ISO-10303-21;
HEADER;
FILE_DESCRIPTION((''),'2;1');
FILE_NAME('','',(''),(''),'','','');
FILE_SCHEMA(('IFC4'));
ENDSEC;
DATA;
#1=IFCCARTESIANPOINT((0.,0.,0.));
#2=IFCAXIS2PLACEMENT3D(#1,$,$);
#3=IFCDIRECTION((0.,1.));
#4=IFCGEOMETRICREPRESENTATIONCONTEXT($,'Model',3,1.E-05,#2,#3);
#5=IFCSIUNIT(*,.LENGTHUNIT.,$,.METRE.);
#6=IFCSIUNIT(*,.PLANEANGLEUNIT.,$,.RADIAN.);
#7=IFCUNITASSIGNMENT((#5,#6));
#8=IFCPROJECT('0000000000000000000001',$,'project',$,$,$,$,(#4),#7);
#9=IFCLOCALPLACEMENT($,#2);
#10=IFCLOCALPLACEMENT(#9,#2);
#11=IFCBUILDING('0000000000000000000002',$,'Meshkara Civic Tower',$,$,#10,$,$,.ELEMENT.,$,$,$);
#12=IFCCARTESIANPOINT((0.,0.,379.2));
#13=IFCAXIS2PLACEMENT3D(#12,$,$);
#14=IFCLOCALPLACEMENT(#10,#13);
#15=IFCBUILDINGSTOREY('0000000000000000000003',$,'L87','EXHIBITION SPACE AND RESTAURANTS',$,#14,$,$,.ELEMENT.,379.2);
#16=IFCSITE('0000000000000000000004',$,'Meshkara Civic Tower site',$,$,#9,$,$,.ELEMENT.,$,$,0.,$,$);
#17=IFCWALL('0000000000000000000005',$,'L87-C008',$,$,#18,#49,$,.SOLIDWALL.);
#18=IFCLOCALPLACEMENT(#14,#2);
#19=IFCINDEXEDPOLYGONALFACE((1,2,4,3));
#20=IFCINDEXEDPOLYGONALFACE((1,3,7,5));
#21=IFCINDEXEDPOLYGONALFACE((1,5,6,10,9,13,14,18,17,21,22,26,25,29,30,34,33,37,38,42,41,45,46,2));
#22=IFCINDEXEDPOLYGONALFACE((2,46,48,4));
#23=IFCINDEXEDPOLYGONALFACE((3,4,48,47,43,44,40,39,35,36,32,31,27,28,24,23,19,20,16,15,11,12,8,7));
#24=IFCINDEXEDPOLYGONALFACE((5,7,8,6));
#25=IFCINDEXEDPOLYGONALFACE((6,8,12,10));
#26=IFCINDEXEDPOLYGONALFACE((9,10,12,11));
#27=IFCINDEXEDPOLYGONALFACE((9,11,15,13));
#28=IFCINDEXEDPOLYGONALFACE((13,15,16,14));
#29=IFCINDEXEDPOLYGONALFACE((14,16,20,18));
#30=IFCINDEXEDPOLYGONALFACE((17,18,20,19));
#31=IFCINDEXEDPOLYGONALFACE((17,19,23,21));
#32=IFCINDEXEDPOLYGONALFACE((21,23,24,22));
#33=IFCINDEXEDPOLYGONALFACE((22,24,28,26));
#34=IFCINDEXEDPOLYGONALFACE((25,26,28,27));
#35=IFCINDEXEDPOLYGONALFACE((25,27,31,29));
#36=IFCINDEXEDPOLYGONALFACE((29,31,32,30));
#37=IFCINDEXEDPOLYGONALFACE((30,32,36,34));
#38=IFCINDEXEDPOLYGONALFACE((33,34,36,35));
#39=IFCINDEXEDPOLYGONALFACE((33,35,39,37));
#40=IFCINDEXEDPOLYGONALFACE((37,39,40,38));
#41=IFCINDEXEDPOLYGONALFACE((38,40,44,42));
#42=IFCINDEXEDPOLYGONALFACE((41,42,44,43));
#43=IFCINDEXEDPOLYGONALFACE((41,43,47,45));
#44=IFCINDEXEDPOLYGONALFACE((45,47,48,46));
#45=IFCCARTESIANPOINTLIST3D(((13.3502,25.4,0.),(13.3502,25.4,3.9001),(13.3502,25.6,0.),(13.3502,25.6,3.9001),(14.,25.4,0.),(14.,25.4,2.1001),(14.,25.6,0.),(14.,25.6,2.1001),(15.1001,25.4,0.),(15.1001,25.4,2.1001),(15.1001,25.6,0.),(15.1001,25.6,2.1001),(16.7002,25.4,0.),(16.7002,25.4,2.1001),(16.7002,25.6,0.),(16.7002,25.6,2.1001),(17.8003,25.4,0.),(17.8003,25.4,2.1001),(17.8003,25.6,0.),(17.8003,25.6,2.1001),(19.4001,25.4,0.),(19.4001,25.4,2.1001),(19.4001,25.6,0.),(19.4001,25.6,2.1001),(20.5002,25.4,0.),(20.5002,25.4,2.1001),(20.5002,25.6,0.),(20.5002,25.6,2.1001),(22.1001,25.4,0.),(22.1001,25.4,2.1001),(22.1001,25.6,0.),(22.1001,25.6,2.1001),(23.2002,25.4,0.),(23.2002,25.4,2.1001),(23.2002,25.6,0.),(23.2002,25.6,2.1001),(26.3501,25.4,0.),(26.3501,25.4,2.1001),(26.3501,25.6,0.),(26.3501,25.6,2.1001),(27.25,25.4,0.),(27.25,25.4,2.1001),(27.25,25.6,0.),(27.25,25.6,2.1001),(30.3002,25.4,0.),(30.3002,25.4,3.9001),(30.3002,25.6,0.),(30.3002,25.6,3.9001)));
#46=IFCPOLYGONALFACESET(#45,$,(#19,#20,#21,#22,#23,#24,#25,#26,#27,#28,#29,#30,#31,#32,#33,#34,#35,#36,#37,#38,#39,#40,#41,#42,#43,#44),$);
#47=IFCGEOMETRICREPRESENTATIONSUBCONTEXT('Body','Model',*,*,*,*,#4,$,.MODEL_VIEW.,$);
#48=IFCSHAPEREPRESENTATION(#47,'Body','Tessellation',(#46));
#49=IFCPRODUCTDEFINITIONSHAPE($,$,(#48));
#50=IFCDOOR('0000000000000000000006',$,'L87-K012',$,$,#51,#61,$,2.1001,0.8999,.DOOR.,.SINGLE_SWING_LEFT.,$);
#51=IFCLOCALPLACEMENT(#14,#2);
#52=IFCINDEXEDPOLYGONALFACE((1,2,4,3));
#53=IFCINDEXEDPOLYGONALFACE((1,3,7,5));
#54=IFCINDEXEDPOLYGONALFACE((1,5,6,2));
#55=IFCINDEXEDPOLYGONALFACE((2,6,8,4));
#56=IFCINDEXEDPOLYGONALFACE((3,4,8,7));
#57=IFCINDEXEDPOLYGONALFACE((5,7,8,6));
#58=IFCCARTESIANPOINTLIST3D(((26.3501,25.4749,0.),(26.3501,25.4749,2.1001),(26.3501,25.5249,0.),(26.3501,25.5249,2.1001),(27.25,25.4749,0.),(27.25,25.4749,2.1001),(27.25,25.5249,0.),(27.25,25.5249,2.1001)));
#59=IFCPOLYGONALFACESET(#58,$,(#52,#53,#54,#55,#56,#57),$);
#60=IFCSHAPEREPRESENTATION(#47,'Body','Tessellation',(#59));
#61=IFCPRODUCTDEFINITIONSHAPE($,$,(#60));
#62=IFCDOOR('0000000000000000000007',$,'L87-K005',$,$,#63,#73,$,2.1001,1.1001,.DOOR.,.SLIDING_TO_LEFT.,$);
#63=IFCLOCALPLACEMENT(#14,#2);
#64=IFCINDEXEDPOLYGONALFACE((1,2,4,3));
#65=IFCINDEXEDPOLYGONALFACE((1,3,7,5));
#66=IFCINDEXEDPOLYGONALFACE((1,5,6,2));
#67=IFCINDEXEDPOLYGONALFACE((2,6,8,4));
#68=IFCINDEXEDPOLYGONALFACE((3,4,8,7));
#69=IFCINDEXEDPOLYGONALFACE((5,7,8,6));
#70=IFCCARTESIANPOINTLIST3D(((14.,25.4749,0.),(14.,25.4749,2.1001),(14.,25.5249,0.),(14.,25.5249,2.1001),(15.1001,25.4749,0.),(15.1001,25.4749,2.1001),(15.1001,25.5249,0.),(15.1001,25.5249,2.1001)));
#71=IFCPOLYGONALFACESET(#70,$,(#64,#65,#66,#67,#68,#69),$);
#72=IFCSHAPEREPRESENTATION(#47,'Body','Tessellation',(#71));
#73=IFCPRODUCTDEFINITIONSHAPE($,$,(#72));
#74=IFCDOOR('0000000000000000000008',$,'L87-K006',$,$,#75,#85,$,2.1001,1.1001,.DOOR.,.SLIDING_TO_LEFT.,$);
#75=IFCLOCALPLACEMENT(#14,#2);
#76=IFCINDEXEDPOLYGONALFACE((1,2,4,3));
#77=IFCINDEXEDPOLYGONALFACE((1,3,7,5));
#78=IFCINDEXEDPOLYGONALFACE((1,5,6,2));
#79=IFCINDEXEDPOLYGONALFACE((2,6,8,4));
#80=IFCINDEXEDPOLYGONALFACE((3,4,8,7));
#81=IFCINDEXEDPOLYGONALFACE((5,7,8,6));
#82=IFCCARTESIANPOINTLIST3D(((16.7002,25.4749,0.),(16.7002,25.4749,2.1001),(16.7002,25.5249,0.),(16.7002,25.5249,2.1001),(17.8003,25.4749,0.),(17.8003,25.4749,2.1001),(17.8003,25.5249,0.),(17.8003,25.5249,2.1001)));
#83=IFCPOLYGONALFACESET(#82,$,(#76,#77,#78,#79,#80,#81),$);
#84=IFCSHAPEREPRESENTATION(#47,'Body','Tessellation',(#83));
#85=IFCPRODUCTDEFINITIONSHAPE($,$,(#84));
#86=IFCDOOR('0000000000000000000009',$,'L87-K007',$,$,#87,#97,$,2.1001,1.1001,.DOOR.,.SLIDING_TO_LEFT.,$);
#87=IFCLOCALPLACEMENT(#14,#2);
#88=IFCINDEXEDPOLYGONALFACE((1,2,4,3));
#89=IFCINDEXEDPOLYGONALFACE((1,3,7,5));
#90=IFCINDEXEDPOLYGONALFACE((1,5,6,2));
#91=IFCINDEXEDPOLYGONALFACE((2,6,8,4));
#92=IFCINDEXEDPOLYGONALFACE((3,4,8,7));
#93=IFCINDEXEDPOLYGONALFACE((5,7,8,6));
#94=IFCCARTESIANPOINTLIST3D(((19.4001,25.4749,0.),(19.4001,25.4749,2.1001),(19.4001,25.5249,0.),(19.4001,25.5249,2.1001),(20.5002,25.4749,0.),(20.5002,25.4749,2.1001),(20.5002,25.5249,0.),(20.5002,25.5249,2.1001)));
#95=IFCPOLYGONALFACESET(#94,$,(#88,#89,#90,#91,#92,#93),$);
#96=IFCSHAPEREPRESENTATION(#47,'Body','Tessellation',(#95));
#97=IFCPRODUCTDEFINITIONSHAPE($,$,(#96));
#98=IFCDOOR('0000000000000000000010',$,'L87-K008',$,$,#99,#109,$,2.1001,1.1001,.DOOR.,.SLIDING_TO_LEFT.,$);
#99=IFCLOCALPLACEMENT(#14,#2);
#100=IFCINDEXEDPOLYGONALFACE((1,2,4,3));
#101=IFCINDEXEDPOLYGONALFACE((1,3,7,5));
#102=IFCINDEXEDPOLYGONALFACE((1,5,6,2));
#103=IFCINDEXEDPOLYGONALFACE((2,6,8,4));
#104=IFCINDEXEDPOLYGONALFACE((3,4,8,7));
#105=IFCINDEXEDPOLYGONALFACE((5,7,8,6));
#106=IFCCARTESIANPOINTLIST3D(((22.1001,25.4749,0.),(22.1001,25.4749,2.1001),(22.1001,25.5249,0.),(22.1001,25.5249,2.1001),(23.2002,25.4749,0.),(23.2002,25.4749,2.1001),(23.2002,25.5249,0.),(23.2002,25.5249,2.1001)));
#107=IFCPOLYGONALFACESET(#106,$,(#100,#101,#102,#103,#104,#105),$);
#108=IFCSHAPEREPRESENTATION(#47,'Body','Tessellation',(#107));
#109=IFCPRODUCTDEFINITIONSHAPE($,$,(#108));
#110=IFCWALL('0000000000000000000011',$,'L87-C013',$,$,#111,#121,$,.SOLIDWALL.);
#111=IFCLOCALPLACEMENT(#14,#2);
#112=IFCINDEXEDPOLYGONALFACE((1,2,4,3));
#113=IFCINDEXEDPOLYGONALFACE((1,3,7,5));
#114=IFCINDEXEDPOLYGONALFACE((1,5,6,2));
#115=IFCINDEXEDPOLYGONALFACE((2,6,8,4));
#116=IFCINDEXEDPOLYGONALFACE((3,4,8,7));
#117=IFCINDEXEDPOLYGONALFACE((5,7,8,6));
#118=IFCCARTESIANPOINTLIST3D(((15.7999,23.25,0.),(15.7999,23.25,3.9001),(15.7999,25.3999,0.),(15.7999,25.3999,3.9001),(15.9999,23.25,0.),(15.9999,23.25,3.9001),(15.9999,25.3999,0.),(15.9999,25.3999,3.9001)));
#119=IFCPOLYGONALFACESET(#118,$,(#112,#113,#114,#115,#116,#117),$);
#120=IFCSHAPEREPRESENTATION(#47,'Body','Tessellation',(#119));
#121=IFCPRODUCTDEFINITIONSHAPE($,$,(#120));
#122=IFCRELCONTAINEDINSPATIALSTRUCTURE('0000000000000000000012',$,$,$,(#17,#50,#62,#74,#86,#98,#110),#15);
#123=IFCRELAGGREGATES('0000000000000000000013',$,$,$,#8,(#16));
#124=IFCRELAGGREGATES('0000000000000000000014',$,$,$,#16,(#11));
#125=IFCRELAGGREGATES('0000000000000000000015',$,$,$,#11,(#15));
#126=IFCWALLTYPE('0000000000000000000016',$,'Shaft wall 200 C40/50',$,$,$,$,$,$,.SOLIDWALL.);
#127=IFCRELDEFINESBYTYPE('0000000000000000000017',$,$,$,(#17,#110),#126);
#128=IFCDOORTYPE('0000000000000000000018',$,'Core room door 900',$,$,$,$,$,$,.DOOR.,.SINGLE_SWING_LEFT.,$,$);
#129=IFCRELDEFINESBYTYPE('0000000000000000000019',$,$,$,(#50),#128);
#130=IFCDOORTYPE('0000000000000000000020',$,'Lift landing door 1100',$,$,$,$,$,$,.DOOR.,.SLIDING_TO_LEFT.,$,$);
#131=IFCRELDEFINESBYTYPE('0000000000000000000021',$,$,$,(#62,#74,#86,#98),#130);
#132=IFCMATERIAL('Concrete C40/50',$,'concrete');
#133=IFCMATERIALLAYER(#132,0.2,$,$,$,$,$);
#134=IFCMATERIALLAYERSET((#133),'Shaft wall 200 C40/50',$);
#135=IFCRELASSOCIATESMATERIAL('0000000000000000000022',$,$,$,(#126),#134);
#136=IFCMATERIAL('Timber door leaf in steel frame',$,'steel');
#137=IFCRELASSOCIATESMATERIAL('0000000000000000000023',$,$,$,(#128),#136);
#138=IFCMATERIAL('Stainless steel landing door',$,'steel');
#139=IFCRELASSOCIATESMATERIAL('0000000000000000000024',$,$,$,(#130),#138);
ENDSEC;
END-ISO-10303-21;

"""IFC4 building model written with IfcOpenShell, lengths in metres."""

from ifc_helpers import new_model, si_unit, direction, frame, frame_2d, origin, place, context, subcontext, project, spatial, rectangle, extrude, material, layer, layer_set, type_object, element, fill, save


model = new_model("IFC4")

# Units and contexts
model_context = context("Model", 3, precision=1e-05, world=origin(), true_north=direction((0.0, 1.0)))
body_context = subcontext(model_context, "Body", "Model", "MODEL_VIEW")
ifc_project = project(units=[si_unit("LENGTHUNIT", "METRE"), si_unit("PLANEANGLEUNIT", "RADIAN")], contexts=[model_context])

# Site, building, storey
site_placement = place(None, origin())
site = spatial("IfcSite", under=ifc_project, at=site_placement, Name="Meshkara Civic Tower site", CompositionType="ELEMENT", RefElevation=0.0)
building_placement = place(site_placement, origin())
building = spatial("IfcBuilding", under=site, at=building_placement, Name="Meshkara Civic Tower", CompositionType="ELEMENT")
storey_placement = place(building_placement, frame((0.0, 0.0, 379.2)))
storey = spatial("IfcBuildingStorey", under=building, at=storey_placement, Name="L87", Description="EXHIBITION SPACE AND RESTAURANTS", CompositionType="ELEMENT", Elevation=379.2)

# Wall, openings, doors
ifc_material_1 = material(Name="Concrete C40/50", Category="concrete")
ifc_layer_1 = layer(ifc_material_1, 0.2)
ifc_layer_set_1 = layer_set([ifc_layer_1], Name="Shaft wall 200 C40/50")
wall_type_1 = type_object("IfcWallType", Name="Shaft wall 200 C40/50", PredefinedType="SOLIDWALL", material=ifc_layer_set_1)
wall_1_placement = place(storey_placement, frame((13.3501, 25.5, 0.0), z_axis=(0.0, 0.0, 1.0), x_axis=(1.0, 0.0, 0.0)))
wall_1 = element("IfcWall", 1, at=wall_1_placement, inside=storey, type_object=wall_type_1, Name="L87-C008", PredefinedType="SOLIDWALL", context=body_context, shape_type="SweptSolid", body=[
    extrude(rectangle(XDim=16.95, YDim=0.2, at=frame_2d((8.4751, 0.0))), origin(), (0.0, 0.0, 1.0), 3.9001),
])
opening_1_placement = place(wall_1_placement, frame((0.6499, 0.0, 0.0)))
opening_1 = element("IfcOpeningElement", 2, at=opening_1_placement, cuts=wall_1, PredefinedType="OPENING", context=body_context, shape_type="SweptSolid", body=[
    extrude(rectangle(XDim=1.1001, YDim=2.1001, at=frame_2d((0.55, 1.05))), frame((0.0, 0.1099, 0.0), z_axis=(0.0, -1.0, 0.0), x_axis=(1.0, 0.0, 0.0)), (0.0, 0.0, 1.0), 0.22),
])
opening_2_placement = place(wall_1_placement, frame((3.3501, 0.0, 0.0)))
opening_2 = element("IfcOpeningElement", 3, at=opening_2_placement, cuts=wall_1, PredefinedType="OPENING", context=body_context, shape_type="SweptSolid", body=[
    extrude(rectangle(XDim=1.1001, YDim=2.1001, at=frame_2d((0.55, 1.05))), frame((0.0, 0.1099, 0.0), z_axis=(0.0, -1.0, 0.0), x_axis=(1.0, 0.0, 0.0)), (0.0, 0.0, 1.0), 0.22),
])
opening_3_placement = place(wall_1_placement, frame((6.05, 0.0, 0.0)))
opening_3 = element("IfcOpeningElement", 4, at=opening_3_placement, cuts=wall_1, PredefinedType="OPENING", context=body_context, shape_type="SweptSolid", body=[
    extrude(rectangle(XDim=1.1001, YDim=2.1001, at=frame_2d((0.55, 1.05))), frame((0.0, 0.1099, 0.0), z_axis=(0.0, -1.0, 0.0), x_axis=(1.0, 0.0, 0.0)), (0.0, 0.0, 1.0), 0.22),
])
opening_4_placement = place(wall_1_placement, frame((8.75, 0.0, 0.0)))
opening_4 = element("IfcOpeningElement", 5, at=opening_4_placement, cuts=wall_1, PredefinedType="OPENING", context=body_context, shape_type="SweptSolid", body=[
    extrude(rectangle(XDim=1.1001, YDim=2.1001, at=frame_2d((0.55, 1.05))), frame((0.0, 0.1099, 0.0), z_axis=(0.0, -1.0, 0.0), x_axis=(1.0, 0.0, 0.0)), (0.0, 0.0, 1.0), 0.22),
])
opening_5_placement = place(wall_1_placement, frame((13.0, 0.0, 0.0)))
opening_5 = element("IfcOpeningElement", 6, at=opening_5_placement, cuts=wall_1, PredefinedType="OPENING", context=body_context, shape_type="SweptSolid", body=[
    extrude(rectangle(XDim=0.8999, YDim=2.1001, at=frame_2d((0.45, 1.05))), frame((0.0, 0.1099, 0.0), z_axis=(0.0, -1.0, 0.0), x_axis=(1.0, 0.0, 0.0)), (0.0, 0.0, 1.0), 0.22),
])
ifc_material_2 = material(Name="Timber door leaf in steel frame", Category="steel")
door_type_1 = type_object("IfcDoorType", Name="Core room door 900", OperationType="SINGLE_SWING_LEFT", PredefinedType="DOOR", material=ifc_material_2)
door_1_placement = place(opening_5_placement, origin())
door_1 = element("IfcDoor", 7, at=door_1_placement, inside=storey, type_object=door_type_1, Name="L87-K012", OperationType="SINGLE_SWING_LEFT", OverallHeight=2.1001, OverallWidth=0.8999, PredefinedType="DOOR", context=body_context, shape_type="SweptSolid", body=[
    extrude(rectangle(XDim=0.8999, YDim=2.1001, at=frame_2d((0.45, 1.05))), frame((0.0, 0.0249, 0.0), z_axis=(0.0, -1.0, 0.0), x_axis=(1.0, 0.0, 0.0)), (0.0, 0.0, 1.0), 0.05),
])
fill(opening_5, door_1)
ifc_material_3 = material(Name="Stainless steel landing door", Category="steel")
door_type_2 = type_object("IfcDoorType", Name="Lift landing door 1100", OperationType="SLIDING_TO_LEFT", PredefinedType="DOOR", material=ifc_material_3)
door_2_placement = place(opening_1_placement, origin())
door_2 = element("IfcDoor", 8, at=door_2_placement, inside=storey, type_object=door_type_2, Name="L87-K005", OperationType="SLIDING_TO_LEFT", OverallHeight=2.1001, OverallWidth=1.1001, PredefinedType="DOOR", context=body_context, shape_type="SweptSolid", body=[
    extrude(rectangle(XDim=1.1001, YDim=2.1001, at=frame_2d((0.55, 1.05))), frame((0.0, 0.0249, 0.0), z_axis=(0.0, -1.0, 0.0), x_axis=(1.0, 0.0, 0.0)), (0.0, 0.0, 1.0), 0.05),
])
fill(opening_1, door_2)
door_3_placement = place(opening_2_placement, origin())
door_3 = element("IfcDoor", 9, at=door_3_placement, inside=storey, type_object=door_type_2, Name="L87-K006", OperationType="SLIDING_TO_LEFT", OverallHeight=2.1001, OverallWidth=1.1001, PredefinedType="DOOR", context=body_context, shape_type="SweptSolid", body=[
    extrude(rectangle(XDim=1.1001, YDim=2.1001, at=frame_2d((0.55, 1.05))), frame((0.0, 0.0249, 0.0), z_axis=(0.0, -1.0, 0.0), x_axis=(1.0, 0.0, 0.0)), (0.0, 0.0, 1.0), 0.05),
])
fill(opening_2, door_3)
door_4_placement = place(opening_3_placement, origin())
door_4 = element("IfcDoor", 10, at=door_4_placement, inside=storey, type_object=door_type_2, Name="L87-K007", OperationType="SLIDING_TO_LEFT", OverallHeight=2.1001, OverallWidth=1.1001, PredefinedType="DOOR", context=body_context, shape_type="SweptSolid", body=[
    extrude(rectangle(XDim=1.1001, YDim=2.1001, at=frame_2d((0.55, 1.05))), frame((0.0, 0.0249, 0.0), z_axis=(0.0, -1.0, 0.0), x_axis=(1.0, 0.0, 0.0)), (0.0, 0.0, 1.0), 0.05),
])
fill(opening_3, door_4)
door_5_placement = place(opening_4_placement, origin())
door_5 = element("IfcDoor", 11, at=door_5_placement, inside=storey, type_object=door_type_2, Name="L87-K008", OperationType="SLIDING_TO_LEFT", OverallHeight=2.1001, OverallWidth=1.1001, PredefinedType="DOOR", context=body_context, shape_type="SweptSolid", body=[
    extrude(rectangle(XDim=1.1001, YDim=2.1001, at=frame_2d((0.55, 1.05))), frame((0.0, 0.0249, 0.0), z_axis=(0.0, -1.0, 0.0), x_axis=(1.0, 0.0, 0.0)), (0.0, 0.0, 1.0), 0.05),
])
fill(opening_4, door_5)

# Wall
wall_2_placement = place(storey_placement, frame((15.8999, 23.25, 0.0), z_axis=(0.0, 0.0, 1.0), x_axis=(0.0, 1.0, 0.0)))
element("IfcWall", 12, at=wall_2_placement, inside=storey, type_object=wall_type_1, Name="L87-C013", PredefinedType="SOLIDWALL", context=body_context, shape_type="SweptSolid", body=[
    extrude(rectangle(XDim=2.1499, YDim=0.2, at=frame_2d((1.075, 0.0))), origin(), (0.0, 0.0, 1.0), 3.9001),
])

save(model, "model.ifc")
